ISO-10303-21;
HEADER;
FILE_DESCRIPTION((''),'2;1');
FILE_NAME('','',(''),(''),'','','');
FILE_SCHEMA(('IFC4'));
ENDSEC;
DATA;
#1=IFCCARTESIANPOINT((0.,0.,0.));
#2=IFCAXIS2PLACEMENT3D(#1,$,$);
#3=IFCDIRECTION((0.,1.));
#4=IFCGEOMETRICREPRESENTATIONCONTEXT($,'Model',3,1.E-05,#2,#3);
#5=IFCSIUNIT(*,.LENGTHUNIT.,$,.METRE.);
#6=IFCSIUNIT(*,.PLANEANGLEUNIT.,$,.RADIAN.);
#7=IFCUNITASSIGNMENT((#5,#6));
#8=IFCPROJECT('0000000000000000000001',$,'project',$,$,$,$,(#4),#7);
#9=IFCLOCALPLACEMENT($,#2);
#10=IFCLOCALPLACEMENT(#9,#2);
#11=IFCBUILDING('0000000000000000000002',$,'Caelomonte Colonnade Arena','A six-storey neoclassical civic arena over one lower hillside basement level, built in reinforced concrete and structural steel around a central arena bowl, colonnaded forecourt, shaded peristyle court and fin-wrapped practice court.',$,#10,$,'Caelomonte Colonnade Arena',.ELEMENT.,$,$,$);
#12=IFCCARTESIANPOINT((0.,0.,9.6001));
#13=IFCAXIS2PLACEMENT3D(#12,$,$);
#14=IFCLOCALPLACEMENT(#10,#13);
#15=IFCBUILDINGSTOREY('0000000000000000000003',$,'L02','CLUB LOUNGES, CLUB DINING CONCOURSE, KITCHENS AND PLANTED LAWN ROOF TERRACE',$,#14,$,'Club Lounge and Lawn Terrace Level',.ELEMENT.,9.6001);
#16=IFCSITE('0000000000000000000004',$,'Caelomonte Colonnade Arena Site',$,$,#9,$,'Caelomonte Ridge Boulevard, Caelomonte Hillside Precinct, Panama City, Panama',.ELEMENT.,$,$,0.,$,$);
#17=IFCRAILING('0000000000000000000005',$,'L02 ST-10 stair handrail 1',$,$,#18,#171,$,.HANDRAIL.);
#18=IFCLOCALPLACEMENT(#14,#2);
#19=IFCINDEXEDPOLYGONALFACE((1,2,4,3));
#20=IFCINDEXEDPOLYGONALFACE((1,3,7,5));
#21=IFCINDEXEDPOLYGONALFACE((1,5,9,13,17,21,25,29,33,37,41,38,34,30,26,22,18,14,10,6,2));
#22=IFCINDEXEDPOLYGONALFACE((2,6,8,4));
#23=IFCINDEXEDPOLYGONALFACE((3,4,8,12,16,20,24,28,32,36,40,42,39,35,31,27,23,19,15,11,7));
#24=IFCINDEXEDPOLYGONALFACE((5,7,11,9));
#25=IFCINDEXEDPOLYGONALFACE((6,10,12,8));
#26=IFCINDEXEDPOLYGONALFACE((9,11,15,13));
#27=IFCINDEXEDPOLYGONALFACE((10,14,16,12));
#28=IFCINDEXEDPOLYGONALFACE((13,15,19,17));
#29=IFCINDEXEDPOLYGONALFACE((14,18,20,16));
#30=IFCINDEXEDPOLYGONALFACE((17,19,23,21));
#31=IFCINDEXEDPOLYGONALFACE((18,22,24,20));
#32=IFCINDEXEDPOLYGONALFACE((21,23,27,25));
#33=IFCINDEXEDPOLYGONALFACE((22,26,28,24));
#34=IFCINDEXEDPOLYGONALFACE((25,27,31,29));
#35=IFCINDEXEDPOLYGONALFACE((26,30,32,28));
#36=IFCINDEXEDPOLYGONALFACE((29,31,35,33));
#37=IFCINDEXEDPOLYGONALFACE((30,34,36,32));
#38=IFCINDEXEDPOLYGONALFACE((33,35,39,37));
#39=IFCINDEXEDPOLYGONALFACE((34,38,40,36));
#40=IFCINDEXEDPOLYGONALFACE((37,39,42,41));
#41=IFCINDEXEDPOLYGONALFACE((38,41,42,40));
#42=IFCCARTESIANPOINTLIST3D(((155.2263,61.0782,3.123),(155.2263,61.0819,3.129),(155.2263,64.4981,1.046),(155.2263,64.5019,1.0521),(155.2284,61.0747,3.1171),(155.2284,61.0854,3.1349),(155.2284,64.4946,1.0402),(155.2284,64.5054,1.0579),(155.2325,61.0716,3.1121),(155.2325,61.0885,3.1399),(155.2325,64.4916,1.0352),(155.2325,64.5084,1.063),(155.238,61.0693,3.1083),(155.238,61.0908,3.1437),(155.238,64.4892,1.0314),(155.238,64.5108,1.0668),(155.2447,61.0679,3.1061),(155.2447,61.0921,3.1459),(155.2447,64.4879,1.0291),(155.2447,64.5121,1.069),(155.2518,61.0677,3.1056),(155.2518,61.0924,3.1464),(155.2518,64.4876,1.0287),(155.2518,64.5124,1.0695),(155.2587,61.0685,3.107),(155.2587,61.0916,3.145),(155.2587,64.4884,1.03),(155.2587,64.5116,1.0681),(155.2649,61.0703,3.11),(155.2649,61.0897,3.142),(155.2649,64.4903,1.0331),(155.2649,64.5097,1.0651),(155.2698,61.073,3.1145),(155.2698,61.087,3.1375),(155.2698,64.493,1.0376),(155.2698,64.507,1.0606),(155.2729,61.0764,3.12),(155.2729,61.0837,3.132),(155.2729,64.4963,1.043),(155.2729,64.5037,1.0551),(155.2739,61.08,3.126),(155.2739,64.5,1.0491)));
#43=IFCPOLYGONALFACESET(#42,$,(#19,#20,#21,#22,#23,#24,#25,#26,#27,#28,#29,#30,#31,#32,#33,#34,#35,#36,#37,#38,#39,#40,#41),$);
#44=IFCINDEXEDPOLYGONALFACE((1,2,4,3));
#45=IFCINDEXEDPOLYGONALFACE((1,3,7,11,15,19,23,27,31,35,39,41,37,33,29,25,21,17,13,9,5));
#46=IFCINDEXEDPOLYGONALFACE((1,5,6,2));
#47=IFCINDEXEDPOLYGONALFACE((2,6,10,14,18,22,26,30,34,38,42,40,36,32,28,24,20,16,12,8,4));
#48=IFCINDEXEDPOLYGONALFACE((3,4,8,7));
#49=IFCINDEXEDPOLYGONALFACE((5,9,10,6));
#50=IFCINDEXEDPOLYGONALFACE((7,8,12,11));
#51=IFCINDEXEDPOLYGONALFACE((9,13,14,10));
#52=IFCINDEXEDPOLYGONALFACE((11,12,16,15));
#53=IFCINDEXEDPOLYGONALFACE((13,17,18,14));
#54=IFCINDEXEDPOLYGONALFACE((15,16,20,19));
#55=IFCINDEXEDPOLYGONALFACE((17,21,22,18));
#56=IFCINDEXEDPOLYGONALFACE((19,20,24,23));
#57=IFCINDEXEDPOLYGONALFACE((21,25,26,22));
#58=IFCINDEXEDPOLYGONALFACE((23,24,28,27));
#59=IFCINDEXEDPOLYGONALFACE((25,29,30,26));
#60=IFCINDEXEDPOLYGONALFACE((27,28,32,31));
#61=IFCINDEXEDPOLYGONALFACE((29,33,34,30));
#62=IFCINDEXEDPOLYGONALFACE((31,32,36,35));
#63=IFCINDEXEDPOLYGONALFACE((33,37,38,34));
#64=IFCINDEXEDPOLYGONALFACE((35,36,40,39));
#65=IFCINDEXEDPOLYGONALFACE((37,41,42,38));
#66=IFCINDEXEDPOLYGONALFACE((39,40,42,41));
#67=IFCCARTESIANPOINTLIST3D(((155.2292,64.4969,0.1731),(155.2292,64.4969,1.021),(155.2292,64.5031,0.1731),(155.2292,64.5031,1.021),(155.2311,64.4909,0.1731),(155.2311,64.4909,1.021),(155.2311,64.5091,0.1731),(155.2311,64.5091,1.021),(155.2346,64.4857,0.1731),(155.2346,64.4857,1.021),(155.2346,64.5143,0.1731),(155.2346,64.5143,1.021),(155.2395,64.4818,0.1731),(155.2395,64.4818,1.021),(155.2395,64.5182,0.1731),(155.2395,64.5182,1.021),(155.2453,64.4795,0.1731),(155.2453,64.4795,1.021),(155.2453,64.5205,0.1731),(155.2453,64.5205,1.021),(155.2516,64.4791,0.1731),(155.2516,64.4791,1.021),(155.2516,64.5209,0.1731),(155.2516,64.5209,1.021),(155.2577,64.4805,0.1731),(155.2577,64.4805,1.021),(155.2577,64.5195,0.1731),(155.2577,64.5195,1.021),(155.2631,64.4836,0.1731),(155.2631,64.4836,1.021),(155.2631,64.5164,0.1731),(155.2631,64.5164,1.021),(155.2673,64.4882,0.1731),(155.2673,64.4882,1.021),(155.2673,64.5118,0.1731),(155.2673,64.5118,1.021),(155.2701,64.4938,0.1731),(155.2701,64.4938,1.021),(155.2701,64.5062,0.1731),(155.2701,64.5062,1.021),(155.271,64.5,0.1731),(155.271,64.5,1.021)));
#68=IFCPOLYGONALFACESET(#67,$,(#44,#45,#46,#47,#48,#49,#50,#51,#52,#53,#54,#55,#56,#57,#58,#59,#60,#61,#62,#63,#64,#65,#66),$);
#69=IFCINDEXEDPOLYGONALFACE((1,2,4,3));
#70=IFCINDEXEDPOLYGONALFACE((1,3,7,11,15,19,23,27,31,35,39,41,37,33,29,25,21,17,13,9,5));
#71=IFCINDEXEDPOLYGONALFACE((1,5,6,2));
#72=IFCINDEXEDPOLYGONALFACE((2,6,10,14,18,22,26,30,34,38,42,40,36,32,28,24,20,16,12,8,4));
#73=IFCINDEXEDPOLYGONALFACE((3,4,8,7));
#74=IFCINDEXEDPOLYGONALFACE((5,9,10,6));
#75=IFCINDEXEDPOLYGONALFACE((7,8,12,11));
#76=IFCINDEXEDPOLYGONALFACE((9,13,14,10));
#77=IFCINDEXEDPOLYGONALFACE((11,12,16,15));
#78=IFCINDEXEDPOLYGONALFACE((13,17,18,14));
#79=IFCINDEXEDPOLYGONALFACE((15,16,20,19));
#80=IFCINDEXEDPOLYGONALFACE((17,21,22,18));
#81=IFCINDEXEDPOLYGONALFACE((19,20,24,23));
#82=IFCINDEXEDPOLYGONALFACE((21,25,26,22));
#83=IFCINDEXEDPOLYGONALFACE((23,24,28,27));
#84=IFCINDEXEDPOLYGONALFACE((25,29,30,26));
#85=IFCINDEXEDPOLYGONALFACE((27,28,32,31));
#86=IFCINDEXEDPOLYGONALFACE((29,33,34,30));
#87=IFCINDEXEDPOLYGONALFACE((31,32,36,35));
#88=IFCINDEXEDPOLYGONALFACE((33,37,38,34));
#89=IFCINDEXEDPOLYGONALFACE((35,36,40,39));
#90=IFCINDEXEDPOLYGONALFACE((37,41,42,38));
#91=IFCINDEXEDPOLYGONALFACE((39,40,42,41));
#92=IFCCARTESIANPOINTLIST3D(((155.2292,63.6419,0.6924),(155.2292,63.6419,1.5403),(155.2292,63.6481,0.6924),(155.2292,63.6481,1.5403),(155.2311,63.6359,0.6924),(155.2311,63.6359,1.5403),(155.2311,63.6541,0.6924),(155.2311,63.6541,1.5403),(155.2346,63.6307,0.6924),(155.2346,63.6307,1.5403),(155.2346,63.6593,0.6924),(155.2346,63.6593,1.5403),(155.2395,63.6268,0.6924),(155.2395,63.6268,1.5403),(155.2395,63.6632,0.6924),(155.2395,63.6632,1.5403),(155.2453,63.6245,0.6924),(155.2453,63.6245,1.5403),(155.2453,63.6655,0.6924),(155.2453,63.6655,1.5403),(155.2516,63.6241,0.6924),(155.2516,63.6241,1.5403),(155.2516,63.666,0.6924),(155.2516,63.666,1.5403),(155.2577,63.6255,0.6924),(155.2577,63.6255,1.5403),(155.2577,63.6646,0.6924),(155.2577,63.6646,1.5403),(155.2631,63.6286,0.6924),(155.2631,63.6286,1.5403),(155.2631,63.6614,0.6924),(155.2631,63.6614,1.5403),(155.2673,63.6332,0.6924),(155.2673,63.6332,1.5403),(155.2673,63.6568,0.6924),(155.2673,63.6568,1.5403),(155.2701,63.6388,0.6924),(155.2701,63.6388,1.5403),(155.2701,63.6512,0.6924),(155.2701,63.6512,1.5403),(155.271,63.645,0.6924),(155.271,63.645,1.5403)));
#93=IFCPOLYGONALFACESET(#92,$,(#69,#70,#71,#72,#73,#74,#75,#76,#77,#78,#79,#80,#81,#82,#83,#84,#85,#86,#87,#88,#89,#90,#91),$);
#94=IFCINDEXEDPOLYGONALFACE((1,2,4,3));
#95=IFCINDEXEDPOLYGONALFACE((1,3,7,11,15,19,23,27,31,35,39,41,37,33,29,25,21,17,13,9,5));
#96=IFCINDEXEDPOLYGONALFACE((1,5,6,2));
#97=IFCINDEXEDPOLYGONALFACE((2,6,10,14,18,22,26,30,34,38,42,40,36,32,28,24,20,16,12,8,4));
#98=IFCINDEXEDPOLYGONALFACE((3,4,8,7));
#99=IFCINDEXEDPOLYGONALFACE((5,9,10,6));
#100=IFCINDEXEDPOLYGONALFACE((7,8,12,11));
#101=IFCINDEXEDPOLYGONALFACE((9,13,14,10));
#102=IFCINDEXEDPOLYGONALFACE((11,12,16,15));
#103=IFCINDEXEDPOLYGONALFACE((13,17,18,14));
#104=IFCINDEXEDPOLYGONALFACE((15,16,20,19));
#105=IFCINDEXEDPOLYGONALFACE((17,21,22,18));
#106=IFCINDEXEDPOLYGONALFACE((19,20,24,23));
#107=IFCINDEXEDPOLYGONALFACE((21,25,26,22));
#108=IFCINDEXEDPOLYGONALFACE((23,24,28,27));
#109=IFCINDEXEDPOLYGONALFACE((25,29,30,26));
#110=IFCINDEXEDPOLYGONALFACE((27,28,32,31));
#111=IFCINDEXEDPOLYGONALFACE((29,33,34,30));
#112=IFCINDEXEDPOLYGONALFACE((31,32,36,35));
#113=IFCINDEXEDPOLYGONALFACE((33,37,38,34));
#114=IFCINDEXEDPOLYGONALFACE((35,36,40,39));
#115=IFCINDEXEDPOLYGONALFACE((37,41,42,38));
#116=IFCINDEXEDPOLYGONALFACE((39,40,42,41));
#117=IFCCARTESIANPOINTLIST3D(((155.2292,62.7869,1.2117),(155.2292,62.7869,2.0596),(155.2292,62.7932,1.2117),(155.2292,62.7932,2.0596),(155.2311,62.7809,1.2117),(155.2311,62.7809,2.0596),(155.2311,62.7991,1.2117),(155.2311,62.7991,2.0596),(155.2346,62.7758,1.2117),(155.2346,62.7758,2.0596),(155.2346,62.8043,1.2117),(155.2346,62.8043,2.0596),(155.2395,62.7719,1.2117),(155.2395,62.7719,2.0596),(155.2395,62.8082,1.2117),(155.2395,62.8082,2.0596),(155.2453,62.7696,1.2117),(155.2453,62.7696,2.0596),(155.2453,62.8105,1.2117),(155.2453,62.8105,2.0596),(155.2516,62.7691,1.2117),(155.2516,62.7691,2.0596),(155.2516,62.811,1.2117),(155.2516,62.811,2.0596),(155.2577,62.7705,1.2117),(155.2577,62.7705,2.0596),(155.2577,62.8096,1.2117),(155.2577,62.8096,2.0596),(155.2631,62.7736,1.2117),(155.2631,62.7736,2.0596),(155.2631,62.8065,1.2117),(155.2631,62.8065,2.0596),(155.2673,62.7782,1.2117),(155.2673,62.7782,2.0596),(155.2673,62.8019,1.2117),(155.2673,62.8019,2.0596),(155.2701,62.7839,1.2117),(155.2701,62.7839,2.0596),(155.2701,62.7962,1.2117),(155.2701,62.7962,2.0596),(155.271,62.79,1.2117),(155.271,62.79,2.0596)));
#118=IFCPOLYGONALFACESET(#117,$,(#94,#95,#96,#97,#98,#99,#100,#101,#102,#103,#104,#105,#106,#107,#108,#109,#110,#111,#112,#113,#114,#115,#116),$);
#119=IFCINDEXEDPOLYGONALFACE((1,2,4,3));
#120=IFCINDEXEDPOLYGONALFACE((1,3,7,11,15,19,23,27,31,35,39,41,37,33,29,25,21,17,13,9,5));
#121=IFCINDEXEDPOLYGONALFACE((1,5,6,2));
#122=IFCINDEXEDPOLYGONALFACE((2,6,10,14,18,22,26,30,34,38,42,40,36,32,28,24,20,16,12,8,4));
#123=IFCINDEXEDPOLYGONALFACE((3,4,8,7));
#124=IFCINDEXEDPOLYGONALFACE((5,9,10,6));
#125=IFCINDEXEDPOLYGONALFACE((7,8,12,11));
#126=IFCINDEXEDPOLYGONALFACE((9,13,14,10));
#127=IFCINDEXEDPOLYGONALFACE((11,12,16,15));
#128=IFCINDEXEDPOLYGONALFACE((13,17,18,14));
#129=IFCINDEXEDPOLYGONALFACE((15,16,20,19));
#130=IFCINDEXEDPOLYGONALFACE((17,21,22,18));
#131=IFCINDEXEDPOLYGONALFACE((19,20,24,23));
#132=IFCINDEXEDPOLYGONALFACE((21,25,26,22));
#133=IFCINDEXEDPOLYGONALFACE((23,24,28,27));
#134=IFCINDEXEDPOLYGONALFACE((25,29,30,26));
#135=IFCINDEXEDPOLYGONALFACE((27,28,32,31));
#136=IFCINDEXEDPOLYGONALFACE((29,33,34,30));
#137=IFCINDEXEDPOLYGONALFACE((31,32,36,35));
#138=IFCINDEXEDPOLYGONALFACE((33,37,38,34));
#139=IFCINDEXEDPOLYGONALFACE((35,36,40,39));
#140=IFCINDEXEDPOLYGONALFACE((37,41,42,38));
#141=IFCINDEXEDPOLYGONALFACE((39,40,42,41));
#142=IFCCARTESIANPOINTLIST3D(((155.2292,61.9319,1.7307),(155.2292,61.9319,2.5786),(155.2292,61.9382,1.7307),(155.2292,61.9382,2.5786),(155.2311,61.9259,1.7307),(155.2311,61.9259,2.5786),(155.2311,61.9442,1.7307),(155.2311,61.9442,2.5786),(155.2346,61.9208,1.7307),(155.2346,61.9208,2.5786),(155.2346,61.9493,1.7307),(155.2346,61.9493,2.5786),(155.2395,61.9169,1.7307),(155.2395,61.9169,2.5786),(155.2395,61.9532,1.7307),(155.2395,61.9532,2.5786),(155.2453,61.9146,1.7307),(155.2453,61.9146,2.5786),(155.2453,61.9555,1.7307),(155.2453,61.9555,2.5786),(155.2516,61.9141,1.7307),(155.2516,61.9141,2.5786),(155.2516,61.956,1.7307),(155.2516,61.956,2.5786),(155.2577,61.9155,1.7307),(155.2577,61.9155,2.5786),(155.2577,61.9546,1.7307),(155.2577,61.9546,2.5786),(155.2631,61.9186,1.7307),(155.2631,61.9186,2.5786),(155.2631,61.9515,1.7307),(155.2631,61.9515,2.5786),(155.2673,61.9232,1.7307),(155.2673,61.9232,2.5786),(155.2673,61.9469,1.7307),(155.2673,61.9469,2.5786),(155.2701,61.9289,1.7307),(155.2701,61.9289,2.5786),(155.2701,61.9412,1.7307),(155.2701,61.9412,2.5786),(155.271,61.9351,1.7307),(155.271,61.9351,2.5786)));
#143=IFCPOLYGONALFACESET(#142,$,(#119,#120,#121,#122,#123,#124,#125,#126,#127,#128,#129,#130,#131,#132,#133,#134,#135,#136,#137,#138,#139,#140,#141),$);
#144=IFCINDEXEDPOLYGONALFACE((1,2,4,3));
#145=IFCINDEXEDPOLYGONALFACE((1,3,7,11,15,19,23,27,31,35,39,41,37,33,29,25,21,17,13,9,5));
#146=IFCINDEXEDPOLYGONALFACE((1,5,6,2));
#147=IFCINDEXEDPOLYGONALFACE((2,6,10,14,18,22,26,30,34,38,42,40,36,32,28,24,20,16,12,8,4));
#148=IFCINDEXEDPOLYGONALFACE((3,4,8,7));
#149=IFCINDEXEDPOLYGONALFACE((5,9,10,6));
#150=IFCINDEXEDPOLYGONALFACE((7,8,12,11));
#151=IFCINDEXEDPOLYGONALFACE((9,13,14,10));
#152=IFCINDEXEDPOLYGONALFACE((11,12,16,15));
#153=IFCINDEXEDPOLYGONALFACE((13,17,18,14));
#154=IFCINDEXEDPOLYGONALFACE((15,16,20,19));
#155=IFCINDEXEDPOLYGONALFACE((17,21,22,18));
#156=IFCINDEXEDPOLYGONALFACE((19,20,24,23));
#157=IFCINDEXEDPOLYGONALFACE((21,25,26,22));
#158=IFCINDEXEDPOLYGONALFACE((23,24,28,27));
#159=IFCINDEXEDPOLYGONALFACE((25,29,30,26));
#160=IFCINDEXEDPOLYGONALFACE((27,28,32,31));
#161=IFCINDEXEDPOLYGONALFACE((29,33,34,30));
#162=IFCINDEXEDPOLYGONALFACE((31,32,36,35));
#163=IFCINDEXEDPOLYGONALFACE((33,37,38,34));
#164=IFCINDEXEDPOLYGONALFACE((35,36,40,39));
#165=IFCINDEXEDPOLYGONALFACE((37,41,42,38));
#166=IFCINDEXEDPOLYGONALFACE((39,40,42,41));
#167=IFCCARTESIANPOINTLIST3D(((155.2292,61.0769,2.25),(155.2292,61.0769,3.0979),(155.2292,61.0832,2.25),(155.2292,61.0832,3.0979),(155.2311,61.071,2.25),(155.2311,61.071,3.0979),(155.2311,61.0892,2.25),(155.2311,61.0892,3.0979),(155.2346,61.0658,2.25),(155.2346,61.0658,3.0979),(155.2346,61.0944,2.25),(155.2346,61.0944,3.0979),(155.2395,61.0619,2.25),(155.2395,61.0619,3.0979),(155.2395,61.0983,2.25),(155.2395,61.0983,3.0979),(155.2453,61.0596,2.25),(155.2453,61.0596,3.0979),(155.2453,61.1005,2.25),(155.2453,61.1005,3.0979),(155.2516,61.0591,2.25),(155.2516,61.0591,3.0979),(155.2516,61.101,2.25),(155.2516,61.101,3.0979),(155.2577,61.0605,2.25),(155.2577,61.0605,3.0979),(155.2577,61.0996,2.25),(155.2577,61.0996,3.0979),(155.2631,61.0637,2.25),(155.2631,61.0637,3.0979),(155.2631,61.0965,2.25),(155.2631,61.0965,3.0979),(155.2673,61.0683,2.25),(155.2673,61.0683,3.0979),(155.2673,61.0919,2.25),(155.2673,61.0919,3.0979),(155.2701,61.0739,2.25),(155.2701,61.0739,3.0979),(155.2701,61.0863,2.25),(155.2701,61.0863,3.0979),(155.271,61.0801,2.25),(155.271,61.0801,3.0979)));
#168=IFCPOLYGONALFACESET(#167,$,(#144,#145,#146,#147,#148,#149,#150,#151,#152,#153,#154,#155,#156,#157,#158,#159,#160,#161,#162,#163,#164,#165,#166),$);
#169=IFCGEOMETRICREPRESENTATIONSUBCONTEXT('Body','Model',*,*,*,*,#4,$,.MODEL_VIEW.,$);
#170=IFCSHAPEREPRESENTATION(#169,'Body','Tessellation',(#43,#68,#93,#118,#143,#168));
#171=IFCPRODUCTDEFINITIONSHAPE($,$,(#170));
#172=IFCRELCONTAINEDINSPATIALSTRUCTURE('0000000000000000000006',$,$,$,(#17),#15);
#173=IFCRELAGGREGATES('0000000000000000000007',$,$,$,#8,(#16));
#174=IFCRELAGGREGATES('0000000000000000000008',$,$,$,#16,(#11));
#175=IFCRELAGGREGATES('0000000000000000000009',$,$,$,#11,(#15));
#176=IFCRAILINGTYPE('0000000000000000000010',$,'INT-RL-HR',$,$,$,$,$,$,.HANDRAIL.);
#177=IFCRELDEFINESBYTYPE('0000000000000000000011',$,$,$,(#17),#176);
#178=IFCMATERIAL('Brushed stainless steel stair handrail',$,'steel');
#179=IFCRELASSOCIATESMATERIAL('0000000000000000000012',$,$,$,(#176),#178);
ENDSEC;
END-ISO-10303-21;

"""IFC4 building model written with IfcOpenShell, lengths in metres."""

from ifc_helpers import new_model, si_unit, direction, frame, origin, origin_2d, place, context, subcontext, project, spatial, circle, extrude, material, type_object, element, save


model = new_model("IFC4")

# Units and contexts
model_context = context("Model", 3, precision=1e-05, world=origin(), true_north=direction((0.0, 1.0)))
body_context = subcontext(model_context, "Body", "Model", "MODEL_VIEW")
ifc_project = project(units=[si_unit("LENGTHUNIT", "METRE"), si_unit("PLANEANGLEUNIT", "RADIAN")], contexts=[model_context])

# Site, building, storey
site_placement = place(None, origin())
site = spatial("IfcSite", under=ifc_project, at=site_placement, Name="Caelomonte Colonnade Arena Site", LongName="Caelomonte Ridge Boulevard, Caelomonte Hillside Precinct, Panama City, Panama", CompositionType="ELEMENT", RefElevation=0.0)
building_placement = place(site_placement, origin())
building = spatial("IfcBuilding", under=site, at=building_placement, Name="Caelomonte Colonnade Arena", Description="A six-storey neoclassical civic arena over one lower hillside basement level, built in reinforced concrete and structural steel around a central arena bowl, colonnaded forecourt, shaded peristyle court and fin-wrapped practice court.", LongName="Caelomonte Colonnade Arena", CompositionType="ELEMENT")
storey_placement = place(building_placement, frame((0.0, 0.0, 9.6001)))
storey = spatial("IfcBuildingStorey", under=building, at=storey_placement, Name="L02", Description="CLUB LOUNGES, CLUB DINING CONCOURSE, KITCHENS AND PLANTED LAWN ROOF TERRACE", LongName="Club Lounge and Lawn Terrace Level", CompositionType="ELEMENT", Elevation=9.6001)

# Railing
ifc_material_1 = material(Name="Brushed stainless steel stair handrail", Category="steel")
railing_type_1 = type_object("IfcRailingType", Name="INT-RL-HR", PredefinedType="HANDRAIL", material=ifc_material_1)
railing_1_placement = place(storey_placement, frame((155.25, 64.5, 0.1731)))
element("IfcRailing", 1, at=railing_1_placement, inside=storey, type_object=railing_type_1, Name="L02 ST-10 stair handrail 1", PredefinedType="HANDRAIL", context=body_context, shape_type="SweptSolid", body=[
    extrude(circle(Radius=0.0239, at=origin_2d()), frame((0.0, 0.0, 0.876), z_axis=(0.0, -0.85473, 0.519074), x_axis=(1.0, 0.0, 0.0)), (0.0, 0.0, 1.0), 4.0012),
    extrude(circle(Radius=0.021, at=origin_2d()), origin(), (0.0, 0.0, 1.0), 0.8479),
    extrude(circle(Radius=0.021, at=origin_2d()), frame((0.0, -0.855, 0.5193)), (0.0, 0.0, 1.0), 0.8479),
    extrude(circle(Radius=0.021, at=origin_2d()), frame((0.0, -1.71, 1.0386)), (0.0, 0.0, 1.0), 0.8479),
    extrude(circle(Radius=0.021, at=origin_2d()), frame((0.0, -2.5649, 1.5576)), (0.0, 0.0, 1.0), 0.8479),
    extrude(circle(Radius=0.021, at=origin_2d()), frame((0.0, -3.4199, 2.0769)), (0.0, 0.0, 1.0), 0.8479),
])

save(model, "model.ifc")
